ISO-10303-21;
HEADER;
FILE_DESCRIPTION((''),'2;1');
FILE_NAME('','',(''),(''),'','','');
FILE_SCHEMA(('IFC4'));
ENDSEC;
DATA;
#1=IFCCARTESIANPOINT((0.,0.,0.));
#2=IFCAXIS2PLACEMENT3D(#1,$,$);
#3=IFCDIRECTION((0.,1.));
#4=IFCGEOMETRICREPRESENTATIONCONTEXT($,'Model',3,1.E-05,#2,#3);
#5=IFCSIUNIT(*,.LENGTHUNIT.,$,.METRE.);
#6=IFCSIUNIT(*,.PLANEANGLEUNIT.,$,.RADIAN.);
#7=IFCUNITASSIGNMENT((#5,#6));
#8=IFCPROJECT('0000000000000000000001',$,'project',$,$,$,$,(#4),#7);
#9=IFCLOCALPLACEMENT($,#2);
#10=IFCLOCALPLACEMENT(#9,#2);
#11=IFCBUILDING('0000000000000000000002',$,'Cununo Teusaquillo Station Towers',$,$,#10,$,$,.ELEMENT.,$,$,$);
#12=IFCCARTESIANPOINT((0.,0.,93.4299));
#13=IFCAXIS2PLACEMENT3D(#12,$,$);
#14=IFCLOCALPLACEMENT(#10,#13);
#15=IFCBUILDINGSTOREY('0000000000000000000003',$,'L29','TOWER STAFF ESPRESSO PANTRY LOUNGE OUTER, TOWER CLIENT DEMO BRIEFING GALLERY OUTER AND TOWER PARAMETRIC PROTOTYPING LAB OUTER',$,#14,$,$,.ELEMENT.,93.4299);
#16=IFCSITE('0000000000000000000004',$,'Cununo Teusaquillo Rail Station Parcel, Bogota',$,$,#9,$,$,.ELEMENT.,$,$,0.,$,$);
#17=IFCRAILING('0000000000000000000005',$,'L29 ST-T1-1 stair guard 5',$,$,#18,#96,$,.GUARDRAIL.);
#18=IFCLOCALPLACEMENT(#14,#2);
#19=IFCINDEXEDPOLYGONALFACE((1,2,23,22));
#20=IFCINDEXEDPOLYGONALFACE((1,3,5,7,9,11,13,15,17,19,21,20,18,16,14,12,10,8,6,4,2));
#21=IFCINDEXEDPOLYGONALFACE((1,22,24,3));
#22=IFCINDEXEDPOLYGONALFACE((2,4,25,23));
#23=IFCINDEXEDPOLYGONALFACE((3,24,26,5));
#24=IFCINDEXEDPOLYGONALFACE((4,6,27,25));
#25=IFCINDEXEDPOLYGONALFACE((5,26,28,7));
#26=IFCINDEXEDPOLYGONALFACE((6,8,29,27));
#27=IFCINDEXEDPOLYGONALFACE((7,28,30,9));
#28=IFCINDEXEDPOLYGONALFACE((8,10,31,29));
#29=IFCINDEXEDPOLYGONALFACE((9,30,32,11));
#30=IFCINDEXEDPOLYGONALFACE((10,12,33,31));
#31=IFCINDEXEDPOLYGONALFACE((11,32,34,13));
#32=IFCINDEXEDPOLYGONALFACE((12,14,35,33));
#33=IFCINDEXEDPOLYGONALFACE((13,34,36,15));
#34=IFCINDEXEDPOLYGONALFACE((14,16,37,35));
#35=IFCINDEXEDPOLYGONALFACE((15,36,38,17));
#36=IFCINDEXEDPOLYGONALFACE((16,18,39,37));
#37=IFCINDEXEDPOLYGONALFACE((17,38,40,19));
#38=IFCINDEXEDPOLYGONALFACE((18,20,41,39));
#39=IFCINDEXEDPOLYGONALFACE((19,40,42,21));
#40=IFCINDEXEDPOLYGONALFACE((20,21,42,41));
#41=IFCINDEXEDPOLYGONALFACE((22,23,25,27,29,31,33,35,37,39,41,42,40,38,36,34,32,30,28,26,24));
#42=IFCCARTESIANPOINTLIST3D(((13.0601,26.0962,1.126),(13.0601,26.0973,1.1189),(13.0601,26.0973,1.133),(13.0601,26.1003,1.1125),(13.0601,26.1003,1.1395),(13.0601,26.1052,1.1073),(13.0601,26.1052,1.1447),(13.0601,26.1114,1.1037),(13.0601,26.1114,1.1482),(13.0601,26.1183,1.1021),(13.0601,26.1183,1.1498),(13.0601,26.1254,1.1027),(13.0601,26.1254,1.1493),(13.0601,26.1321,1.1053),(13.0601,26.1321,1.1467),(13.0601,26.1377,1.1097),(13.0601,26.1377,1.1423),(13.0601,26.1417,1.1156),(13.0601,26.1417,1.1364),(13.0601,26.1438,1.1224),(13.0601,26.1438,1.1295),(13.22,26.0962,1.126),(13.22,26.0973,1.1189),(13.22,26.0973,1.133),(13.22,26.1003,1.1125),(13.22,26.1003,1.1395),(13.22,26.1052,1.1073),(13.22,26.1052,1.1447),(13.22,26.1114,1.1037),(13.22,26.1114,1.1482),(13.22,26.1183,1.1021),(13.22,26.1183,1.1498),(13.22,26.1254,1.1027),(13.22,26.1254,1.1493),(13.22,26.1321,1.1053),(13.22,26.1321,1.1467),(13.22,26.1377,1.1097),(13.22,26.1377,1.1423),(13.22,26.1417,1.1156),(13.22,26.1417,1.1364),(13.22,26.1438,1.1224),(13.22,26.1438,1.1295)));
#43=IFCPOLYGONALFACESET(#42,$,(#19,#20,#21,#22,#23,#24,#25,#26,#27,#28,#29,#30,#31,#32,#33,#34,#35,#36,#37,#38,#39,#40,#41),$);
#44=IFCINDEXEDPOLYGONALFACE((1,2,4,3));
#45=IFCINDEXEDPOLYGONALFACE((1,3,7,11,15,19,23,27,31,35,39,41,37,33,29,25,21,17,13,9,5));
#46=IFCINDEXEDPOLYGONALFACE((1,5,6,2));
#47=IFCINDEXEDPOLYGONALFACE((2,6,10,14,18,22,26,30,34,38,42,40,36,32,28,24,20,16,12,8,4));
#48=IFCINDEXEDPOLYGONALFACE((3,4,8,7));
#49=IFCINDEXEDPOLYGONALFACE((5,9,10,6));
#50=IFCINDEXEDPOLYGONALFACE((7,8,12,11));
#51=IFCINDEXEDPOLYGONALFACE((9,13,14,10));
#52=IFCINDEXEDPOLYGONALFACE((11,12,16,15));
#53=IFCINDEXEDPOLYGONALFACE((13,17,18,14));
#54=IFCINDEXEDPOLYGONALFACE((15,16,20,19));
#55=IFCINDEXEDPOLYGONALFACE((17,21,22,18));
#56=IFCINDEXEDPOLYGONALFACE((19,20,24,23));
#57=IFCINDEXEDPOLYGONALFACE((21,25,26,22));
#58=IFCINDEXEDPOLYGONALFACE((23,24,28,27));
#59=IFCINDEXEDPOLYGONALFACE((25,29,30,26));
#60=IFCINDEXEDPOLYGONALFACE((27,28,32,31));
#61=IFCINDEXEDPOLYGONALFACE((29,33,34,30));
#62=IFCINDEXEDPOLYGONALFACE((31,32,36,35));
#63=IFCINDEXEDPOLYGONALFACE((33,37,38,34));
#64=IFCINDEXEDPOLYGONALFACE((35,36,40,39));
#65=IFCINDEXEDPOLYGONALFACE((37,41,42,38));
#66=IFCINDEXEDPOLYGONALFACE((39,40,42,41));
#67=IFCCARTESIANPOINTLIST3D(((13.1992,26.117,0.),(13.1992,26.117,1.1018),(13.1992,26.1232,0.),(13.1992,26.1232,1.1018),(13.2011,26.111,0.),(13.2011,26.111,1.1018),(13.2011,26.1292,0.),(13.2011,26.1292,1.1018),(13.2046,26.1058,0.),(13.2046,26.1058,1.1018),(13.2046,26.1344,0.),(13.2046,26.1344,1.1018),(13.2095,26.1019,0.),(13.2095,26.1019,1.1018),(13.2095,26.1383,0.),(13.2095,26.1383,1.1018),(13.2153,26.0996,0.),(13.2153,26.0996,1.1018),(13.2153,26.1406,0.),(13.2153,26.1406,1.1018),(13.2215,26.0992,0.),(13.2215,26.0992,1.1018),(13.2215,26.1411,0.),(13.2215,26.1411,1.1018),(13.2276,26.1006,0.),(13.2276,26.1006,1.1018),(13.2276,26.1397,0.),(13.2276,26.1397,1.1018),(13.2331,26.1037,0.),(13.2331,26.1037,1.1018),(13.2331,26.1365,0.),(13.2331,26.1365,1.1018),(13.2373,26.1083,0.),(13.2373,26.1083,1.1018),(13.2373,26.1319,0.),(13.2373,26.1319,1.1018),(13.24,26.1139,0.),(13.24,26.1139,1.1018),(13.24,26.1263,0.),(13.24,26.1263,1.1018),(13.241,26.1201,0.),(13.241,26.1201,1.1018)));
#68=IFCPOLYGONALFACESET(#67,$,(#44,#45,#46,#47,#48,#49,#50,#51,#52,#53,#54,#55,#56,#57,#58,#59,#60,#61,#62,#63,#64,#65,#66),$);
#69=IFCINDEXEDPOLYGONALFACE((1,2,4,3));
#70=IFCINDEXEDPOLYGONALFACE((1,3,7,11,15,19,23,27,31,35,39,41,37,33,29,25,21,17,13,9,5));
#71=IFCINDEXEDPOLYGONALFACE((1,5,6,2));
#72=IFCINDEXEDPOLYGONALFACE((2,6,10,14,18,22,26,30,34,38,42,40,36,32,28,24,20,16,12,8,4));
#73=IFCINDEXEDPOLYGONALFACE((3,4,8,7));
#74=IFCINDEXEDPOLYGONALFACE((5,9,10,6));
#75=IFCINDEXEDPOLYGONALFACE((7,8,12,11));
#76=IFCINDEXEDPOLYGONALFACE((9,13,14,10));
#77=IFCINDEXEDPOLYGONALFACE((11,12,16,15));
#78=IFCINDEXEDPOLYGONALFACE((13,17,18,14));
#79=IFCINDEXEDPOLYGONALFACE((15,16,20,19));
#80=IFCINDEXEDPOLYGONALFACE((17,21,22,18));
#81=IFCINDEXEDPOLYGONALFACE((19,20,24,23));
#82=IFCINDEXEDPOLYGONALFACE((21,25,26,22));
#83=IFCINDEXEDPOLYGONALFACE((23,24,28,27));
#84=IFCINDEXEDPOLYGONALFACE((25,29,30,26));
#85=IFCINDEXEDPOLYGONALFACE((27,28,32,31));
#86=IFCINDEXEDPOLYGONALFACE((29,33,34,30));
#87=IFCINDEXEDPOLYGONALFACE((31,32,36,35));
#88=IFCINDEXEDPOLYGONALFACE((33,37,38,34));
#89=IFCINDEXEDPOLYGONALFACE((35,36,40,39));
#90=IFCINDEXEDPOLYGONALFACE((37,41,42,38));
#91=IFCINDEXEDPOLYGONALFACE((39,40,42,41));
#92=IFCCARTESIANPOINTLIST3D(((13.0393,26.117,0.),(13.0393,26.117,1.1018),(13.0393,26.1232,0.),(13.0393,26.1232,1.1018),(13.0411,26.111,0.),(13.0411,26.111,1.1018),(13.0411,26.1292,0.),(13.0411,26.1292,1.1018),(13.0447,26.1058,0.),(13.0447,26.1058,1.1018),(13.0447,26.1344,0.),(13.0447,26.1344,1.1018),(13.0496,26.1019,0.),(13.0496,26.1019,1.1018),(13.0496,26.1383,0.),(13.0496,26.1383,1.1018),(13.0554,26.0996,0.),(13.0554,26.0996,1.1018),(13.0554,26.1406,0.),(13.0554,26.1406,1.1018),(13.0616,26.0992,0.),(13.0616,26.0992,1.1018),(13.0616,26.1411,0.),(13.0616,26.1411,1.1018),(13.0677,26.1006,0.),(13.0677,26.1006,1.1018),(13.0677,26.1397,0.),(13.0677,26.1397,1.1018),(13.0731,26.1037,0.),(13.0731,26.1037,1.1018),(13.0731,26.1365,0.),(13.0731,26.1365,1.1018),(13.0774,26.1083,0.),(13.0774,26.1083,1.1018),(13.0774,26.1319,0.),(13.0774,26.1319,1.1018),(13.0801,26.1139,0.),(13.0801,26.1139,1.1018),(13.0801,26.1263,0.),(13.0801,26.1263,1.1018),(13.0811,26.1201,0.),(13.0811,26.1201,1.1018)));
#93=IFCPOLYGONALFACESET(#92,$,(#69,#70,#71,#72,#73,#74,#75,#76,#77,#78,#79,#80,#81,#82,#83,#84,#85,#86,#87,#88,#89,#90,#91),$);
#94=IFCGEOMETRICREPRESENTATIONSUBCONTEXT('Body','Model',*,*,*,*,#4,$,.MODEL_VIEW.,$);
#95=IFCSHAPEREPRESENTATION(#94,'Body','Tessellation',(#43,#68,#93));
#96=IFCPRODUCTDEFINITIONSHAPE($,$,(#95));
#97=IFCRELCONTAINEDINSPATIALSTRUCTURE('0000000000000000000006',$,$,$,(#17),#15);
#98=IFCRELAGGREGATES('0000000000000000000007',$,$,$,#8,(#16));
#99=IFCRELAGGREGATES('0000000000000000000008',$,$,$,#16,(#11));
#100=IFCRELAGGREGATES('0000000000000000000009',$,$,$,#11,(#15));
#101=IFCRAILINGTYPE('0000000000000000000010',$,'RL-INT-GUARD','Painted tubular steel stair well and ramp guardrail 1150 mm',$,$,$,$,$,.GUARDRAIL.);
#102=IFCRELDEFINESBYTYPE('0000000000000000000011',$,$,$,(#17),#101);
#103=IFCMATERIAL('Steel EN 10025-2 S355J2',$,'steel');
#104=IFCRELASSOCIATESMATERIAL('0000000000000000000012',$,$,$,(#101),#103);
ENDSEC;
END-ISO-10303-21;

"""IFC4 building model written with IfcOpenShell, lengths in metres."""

from ifc_helpers import new_model, si_unit, direction, frame, origin, origin_2d, place, context, subcontext, project, spatial, circle, extrude, material, type_object, element, save


model = new_model("IFC4")

# Units and contexts
model_context = context("Model", 3, precision=1e-05, world=origin(), true_north=direction((0.0, 1.0)))
body_context = subcontext(model_context, "Body", "Model", "MODEL_VIEW")
ifc_project = project(units=[si_unit("LENGTHUNIT", "METRE"), si_unit("PLANEANGLEUNIT", "RADIAN")], contexts=[model_context])

# Site, building, storey
site_placement = place(None, origin())
site = spatial("IfcSite", under=ifc_project, at=site_placement, Name="Cununo Teusaquillo Rail Station Parcel, Bogota", CompositionType="ELEMENT", RefElevation=0.0)
building_placement = place(site_placement, origin())
building = spatial("IfcBuilding", under=site, at=building_placement, Name="Cununo Teusaquillo Station Towers", CompositionType="ELEMENT")
storey_placement = place(building_placement, frame((0.0, 0.0, 93.4299)))
storey = spatial("IfcBuildingStorey", under=building, at=storey_placement, Name="L29", Description="TOWER STAFF ESPRESSO PANTRY LOUNGE OUTER, TOWER CLIENT DEMO BRIEFING GALLERY OUTER AND TOWER PARAMETRIC PROTOTYPING LAB OUTER", CompositionType="ELEMENT", Elevation=93.4299)

# Railing
ifc_material_1 = material(Name="Steel EN 10025-2 S355J2", Category="steel")
railing_type_1 = type_object("IfcRailingType", Name="RL-INT-GUARD", Description="Painted tubular steel stair well and ramp guardrail 1150 mm", PredefinedType="GUARDRAIL", material=ifc_material_1)
railing_1_placement = place(storey_placement, frame((13.22, 26.1201, 0.0)))
element("IfcRailing", 1, at=railing_1_placement, inside=storey, type_object=railing_type_1, Name="L29 ST-T1-1 stair guard 5", PredefinedType="GUARDRAIL", context=body_context, shape_type="SweptSolid", body=[
    extrude(circle(Radius=0.0239, at=origin_2d()), frame((0.0, 0.0, 1.126), z_axis=(-1.0, 0.0, 0.0), x_axis=(0.0, -1.0, 0.0)), (0.0, 0.0, 1.0), 0.1599),
    extrude(circle(Radius=0.021, at=origin_2d()), origin(), (0.0, 0.0, 1.0), 1.1018),
    extrude(circle(Radius=0.021, at=origin_2d()), frame((-0.1599, 0.0, 0.0)), (0.0, 0.0, 1.0), 1.1018),
])

save(model, "model.ifc")
